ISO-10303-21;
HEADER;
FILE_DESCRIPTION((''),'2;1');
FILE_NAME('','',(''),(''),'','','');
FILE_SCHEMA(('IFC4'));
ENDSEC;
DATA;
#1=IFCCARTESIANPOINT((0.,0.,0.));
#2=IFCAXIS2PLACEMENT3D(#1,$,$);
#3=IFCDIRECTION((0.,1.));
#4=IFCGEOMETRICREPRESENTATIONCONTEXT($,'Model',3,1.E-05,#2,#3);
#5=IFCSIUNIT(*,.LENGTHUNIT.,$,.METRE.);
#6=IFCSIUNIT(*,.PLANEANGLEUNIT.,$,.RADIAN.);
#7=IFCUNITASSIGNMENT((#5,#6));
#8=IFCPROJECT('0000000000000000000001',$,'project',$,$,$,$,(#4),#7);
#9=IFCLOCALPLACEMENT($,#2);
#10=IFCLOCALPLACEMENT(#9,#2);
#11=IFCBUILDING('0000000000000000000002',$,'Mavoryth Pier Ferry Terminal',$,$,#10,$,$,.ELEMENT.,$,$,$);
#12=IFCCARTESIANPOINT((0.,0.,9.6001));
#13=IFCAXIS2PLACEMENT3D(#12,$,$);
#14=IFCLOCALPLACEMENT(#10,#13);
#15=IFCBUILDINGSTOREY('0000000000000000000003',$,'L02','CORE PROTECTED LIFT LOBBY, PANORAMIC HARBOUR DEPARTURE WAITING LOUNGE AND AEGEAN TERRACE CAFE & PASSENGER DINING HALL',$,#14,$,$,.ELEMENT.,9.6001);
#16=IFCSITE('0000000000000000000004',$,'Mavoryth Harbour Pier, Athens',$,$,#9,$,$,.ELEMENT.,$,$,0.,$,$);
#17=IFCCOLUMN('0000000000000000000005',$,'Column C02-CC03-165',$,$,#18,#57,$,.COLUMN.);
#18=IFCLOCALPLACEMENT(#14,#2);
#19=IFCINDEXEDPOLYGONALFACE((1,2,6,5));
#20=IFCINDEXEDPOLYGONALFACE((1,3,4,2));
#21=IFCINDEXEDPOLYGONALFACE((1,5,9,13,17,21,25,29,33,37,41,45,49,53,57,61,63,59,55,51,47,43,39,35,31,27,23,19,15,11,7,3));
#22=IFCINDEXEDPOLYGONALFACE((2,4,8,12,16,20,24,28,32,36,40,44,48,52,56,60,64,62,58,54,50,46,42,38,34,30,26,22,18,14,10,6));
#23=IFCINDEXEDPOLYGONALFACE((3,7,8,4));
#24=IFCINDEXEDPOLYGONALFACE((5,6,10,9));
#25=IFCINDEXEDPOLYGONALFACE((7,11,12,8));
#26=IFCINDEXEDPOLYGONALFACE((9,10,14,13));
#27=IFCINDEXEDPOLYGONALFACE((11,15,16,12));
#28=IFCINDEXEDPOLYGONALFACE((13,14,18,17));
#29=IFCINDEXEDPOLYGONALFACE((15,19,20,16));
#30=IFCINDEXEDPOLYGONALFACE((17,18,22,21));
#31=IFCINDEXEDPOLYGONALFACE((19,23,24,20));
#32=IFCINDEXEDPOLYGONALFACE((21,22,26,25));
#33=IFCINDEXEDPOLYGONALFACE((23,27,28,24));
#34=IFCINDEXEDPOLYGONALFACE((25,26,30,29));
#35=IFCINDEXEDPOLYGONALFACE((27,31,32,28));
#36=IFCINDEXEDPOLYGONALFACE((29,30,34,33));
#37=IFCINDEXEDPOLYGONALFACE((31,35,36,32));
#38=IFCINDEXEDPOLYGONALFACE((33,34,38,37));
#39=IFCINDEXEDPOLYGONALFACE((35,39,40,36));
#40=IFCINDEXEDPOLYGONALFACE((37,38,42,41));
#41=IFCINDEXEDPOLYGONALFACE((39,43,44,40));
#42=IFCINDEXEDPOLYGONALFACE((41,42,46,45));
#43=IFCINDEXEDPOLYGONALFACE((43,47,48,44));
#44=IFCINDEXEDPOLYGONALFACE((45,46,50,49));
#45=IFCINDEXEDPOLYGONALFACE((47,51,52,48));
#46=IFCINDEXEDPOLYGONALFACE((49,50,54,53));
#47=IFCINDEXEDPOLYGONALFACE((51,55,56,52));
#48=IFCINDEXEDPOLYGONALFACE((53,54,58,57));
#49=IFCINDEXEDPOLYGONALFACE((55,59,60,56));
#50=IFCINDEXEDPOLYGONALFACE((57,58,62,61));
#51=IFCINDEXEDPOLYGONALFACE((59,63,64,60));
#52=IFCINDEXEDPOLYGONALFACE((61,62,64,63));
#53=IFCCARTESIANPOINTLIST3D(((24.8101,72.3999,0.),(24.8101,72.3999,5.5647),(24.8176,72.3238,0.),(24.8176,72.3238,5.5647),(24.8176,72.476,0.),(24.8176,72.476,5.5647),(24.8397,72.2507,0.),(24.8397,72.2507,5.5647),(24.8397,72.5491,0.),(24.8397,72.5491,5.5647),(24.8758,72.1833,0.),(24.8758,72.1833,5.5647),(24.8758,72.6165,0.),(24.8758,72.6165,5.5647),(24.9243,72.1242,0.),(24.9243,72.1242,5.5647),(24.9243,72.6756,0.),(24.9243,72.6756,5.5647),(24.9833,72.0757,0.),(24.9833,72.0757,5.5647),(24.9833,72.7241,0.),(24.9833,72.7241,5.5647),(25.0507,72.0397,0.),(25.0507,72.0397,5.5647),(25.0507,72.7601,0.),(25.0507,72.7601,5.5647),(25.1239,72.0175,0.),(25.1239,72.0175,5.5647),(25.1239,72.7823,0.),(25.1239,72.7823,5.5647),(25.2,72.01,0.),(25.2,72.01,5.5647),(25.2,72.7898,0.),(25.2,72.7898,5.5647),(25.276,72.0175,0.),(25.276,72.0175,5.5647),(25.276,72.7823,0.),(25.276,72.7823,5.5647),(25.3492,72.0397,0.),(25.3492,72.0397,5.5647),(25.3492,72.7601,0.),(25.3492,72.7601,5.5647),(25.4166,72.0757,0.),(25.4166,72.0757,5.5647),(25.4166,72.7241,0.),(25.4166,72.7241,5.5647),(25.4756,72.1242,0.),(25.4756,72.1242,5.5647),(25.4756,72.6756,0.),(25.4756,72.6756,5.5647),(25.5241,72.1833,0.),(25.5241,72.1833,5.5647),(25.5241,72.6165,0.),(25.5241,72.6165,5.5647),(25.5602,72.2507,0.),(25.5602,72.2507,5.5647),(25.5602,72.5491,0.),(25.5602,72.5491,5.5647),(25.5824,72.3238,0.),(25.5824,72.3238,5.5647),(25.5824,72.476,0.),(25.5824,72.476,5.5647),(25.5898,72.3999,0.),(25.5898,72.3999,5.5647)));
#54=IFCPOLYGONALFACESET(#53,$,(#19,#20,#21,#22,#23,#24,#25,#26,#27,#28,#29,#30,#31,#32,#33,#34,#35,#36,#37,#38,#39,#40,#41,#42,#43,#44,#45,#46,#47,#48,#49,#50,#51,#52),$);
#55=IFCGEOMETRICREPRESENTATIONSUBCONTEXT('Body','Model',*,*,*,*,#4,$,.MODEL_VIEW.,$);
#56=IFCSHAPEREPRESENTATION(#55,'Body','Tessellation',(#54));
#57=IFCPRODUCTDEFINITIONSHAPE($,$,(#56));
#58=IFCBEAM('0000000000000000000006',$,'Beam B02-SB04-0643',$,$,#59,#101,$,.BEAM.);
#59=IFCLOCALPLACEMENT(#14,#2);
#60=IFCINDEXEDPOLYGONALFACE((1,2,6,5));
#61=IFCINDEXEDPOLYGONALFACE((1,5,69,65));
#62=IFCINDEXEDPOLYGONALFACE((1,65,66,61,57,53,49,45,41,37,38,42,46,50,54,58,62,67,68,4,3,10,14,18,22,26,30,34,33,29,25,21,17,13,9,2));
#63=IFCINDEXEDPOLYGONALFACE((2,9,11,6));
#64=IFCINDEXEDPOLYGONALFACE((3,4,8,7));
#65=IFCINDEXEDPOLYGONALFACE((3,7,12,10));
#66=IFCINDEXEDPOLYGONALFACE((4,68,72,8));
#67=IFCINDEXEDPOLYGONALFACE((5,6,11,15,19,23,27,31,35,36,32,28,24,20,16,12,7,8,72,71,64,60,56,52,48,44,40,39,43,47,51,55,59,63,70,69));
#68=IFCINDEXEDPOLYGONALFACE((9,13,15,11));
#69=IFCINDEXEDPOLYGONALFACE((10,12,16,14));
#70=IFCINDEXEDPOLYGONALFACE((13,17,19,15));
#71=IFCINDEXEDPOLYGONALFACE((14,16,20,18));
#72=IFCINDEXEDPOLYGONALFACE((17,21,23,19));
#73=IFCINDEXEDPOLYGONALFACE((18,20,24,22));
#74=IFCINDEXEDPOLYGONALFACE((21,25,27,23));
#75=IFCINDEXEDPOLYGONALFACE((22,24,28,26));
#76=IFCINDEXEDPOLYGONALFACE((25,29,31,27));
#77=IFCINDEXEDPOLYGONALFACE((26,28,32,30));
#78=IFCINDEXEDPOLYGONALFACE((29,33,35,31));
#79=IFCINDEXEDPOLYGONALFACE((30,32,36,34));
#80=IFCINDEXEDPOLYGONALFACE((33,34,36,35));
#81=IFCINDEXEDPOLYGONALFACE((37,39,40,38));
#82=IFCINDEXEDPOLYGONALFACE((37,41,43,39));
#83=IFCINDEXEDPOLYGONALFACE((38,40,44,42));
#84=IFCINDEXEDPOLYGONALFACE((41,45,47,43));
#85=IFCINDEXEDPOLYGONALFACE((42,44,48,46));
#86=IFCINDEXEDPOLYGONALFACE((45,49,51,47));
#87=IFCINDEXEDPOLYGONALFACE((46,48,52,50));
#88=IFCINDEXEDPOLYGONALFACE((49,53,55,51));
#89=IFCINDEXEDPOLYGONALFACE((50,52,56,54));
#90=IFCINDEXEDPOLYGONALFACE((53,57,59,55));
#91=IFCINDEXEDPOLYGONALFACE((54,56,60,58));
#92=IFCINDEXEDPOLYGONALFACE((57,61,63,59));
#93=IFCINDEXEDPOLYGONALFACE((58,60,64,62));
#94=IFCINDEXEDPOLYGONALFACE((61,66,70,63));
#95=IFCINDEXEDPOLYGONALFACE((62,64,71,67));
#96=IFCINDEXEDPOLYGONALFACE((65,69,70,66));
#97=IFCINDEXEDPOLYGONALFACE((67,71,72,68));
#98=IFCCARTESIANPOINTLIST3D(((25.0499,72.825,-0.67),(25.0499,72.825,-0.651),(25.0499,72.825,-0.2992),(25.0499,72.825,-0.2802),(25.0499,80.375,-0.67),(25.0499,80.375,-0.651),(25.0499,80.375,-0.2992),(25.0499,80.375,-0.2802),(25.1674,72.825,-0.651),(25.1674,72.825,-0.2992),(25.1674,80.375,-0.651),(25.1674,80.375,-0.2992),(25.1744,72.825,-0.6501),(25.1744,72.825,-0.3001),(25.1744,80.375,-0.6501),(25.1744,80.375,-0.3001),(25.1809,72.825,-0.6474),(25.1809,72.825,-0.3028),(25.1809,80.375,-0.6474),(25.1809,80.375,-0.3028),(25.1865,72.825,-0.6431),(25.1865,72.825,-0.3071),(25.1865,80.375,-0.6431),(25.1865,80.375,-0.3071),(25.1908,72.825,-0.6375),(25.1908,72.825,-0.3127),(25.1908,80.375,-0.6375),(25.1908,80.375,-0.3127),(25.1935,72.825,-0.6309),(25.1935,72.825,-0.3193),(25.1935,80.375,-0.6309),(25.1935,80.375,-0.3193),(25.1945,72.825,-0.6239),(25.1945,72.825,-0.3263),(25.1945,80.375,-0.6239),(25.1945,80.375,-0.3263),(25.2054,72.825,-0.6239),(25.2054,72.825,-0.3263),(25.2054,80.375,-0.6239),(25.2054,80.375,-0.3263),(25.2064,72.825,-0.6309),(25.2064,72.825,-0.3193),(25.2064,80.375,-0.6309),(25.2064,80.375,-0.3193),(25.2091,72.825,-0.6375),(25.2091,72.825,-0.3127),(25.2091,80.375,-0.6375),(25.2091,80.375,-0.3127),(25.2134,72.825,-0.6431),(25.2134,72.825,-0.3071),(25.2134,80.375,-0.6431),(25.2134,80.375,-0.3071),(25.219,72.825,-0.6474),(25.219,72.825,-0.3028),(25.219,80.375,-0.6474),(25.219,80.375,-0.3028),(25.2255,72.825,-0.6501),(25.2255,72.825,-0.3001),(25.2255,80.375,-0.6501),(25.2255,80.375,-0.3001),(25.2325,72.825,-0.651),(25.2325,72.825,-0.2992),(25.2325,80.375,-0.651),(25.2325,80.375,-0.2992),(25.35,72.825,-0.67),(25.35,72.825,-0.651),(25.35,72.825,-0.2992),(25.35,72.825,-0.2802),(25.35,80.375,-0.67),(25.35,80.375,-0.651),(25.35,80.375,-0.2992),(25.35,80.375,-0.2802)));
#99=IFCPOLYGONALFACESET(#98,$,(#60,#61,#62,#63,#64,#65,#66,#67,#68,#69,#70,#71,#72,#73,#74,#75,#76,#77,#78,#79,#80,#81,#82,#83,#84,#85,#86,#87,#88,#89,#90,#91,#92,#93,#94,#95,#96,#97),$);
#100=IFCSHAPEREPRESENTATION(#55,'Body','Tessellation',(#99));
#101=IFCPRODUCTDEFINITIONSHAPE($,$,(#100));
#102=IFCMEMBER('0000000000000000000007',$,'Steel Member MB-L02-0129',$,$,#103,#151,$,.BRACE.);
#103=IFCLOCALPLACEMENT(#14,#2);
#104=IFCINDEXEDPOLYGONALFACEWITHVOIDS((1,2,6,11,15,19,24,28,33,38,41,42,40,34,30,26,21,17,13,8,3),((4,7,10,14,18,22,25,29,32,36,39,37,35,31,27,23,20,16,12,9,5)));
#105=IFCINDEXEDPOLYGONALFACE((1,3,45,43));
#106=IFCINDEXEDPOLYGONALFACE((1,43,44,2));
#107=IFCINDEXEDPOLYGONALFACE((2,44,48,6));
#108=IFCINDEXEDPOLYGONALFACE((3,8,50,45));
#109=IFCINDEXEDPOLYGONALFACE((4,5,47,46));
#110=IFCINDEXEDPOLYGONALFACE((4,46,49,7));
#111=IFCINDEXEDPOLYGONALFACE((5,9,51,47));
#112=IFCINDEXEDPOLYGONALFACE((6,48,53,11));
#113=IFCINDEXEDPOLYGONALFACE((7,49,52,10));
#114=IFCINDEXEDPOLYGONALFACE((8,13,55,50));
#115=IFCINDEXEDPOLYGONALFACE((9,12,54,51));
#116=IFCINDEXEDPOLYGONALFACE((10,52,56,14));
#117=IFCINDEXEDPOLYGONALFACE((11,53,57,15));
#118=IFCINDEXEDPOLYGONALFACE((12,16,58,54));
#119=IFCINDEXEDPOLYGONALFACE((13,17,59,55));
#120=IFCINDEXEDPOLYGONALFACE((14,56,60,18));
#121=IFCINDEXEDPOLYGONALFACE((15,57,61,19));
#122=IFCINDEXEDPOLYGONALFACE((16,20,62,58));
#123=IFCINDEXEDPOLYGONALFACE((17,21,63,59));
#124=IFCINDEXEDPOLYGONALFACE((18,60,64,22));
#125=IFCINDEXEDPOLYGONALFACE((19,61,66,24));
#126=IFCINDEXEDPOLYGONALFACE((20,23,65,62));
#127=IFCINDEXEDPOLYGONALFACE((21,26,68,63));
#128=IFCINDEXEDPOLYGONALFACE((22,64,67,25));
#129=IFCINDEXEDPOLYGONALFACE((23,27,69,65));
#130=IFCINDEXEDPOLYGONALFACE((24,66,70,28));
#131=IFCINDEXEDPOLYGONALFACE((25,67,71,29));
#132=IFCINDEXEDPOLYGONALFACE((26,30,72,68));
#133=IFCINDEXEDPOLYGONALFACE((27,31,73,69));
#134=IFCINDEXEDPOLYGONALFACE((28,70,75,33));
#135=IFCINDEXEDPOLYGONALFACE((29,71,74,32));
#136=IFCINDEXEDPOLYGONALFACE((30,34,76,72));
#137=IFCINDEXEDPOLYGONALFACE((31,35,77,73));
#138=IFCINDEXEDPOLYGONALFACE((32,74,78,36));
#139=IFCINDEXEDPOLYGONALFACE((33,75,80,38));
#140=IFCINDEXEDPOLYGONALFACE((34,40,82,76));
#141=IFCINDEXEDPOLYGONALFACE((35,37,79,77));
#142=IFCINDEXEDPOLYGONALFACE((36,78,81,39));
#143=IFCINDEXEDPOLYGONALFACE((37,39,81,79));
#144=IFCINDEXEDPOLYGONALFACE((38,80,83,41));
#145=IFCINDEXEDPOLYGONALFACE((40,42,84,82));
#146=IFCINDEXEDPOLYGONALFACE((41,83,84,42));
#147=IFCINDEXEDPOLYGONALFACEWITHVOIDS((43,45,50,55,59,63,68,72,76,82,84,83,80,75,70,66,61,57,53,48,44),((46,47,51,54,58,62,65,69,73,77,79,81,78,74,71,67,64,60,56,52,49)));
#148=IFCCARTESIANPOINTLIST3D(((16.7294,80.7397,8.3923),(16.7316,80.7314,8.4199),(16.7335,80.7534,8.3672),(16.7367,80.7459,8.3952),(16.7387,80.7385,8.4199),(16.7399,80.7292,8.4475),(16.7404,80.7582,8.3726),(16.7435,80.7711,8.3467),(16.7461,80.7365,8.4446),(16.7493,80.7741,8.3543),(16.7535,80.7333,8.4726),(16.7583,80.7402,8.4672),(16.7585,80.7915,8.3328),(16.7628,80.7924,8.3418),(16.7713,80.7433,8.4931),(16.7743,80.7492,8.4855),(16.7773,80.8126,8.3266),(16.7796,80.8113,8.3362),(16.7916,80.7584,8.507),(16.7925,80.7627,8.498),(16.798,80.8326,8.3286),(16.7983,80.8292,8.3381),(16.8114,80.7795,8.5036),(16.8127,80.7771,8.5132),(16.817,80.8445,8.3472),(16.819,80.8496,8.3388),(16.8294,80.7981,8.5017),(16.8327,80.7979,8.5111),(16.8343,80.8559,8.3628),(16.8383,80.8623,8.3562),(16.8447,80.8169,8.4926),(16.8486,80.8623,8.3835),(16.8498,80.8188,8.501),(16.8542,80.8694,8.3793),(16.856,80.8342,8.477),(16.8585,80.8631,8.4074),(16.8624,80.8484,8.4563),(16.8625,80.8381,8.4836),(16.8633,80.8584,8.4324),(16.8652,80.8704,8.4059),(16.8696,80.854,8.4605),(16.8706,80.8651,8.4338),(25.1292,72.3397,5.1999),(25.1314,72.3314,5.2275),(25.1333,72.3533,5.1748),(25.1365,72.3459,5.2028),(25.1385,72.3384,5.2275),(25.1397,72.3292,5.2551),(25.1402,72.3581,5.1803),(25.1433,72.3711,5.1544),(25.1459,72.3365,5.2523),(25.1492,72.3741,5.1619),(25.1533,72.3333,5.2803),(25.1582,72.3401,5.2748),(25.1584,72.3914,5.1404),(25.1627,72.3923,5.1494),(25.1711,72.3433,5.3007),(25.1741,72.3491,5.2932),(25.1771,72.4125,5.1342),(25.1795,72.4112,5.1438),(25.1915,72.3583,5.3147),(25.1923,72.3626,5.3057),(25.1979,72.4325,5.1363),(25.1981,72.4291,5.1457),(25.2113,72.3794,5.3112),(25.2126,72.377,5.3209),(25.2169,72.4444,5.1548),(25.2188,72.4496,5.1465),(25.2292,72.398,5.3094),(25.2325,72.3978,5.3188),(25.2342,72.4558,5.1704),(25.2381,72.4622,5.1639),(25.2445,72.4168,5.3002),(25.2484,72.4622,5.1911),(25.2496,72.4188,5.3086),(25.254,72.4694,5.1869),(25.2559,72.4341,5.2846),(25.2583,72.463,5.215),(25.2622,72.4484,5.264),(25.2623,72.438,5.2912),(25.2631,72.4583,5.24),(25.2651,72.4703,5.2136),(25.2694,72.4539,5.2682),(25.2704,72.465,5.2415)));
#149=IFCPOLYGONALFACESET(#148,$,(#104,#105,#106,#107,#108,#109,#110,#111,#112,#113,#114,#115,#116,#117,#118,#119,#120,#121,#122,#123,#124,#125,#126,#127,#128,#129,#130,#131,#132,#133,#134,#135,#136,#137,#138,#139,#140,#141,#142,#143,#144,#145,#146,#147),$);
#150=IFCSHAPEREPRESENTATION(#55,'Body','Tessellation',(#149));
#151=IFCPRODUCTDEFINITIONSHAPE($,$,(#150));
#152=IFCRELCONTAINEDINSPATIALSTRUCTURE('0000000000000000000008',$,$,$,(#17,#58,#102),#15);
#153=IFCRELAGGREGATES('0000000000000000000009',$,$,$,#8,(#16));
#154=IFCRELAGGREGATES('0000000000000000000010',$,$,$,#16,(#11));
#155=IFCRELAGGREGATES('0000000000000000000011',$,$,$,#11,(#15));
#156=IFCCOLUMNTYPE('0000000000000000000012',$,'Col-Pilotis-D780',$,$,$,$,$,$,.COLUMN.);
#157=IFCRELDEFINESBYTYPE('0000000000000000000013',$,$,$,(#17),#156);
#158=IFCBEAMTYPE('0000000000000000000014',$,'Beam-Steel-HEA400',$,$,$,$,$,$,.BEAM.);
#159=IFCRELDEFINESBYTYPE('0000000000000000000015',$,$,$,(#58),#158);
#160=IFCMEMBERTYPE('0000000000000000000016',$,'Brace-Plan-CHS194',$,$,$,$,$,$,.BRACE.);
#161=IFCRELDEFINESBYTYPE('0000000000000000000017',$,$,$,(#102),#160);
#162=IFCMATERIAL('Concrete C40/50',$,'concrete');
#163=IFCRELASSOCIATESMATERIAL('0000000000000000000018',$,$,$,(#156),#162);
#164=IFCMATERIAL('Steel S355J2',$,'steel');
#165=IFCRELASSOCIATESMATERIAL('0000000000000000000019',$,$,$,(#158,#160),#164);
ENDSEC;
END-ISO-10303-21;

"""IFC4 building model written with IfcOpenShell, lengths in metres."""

from ifc_helpers import new_model, si_unit, direction, frame, origin, origin_2d, place, context, subcontext, project, spatial, circle, hollow_circle, i_section, extrude, material, material_profile, profile_set, type_object, element, save


model = new_model("IFC4")

# Units and contexts
model_context = context("Model", 3, precision=1e-05, world=origin(), true_north=direction((0.0, 1.0)))
body_context = subcontext(model_context, "Body", "Model", "MODEL_VIEW")
ifc_project = project(units=[si_unit("LENGTHUNIT", "METRE"), si_unit("PLANEANGLEUNIT", "RADIAN")], contexts=[model_context])

# Site, building, storey
site_placement = place(None, origin())
site = spatial("IfcSite", under=ifc_project, at=site_placement, Name="Mavoryth Harbour Pier, Athens", CompositionType="ELEMENT", RefElevation=0.0)
building_placement = place(site_placement, origin())
building = spatial("IfcBuilding", under=site, at=building_placement, Name="Mavoryth Pier Ferry Terminal", CompositionType="ELEMENT")
storey_placement = place(building_placement, frame((0.0, 0.0, 9.6001)))
storey = spatial("IfcBuildingStorey", under=building, at=storey_placement, Name="L02", Description="CORE PROTECTED LIFT LOBBY, PANORAMIC HARBOUR DEPARTURE WAITING LOUNGE AND AEGEAN TERRACE CAFE & PASSENGER DINING HALL", CompositionType="ELEMENT", Elevation=9.6001)

# Column
ifc_material_1 = material(Name="Concrete C40/50", Category="concrete")
ifc_material_profile_1 = material_profile(ifc_material_1, circle(Radius=0.3899, at=origin_2d()), Name="RC D780", Category="concrete")
ifc_profile_set_1 = profile_set([ifc_material_profile_1], Name="Concrete C40/50 - RC D780")
column_type = type_object("IfcColumnType", Name="Col-Pilotis-D780", PredefinedType="COLUMN", material=ifc_profile_set_1)
column_placement = place(storey_placement, frame((25.2, 72.3999, 0.0), z_axis=(0.0, 0.0, 1.0), x_axis=(1.0, 0.0, 0.0)))
element("IfcColumn", 1, at=column_placement, inside=storey, type_object=column_type, Name="Column C02-CC03-165", PredefinedType="COLUMN", context=body_context, shape_type="SweptSolid", body=[
    extrude(circle(Radius=0.3899, at=origin_2d()), origin(), (0.0, 0.0, 1.0), 5.5647),
])

# Beam
ifc_material_2 = material(Name="Steel S355J2", Category="steel")
ifc_material_profile_2 = material_profile(ifc_material_2, i_section(OverallWidth=0.3, OverallDepth=0.3899, WebThickness=0.011, FlangeThickness=0.019, FilletRadius=0.0271, at=origin_2d()), Name="HEA 400", Category="steel")
ifc_profile_set_2 = profile_set([ifc_material_profile_2], Name="Steel S355J2 - HEA 400")
beam_type_1 = type_object("IfcBeamType", Name="Beam-Steel-HEA400", PredefinedType="BEAM", material=ifc_profile_set_2)
beam_1_placement = place(storey_placement, frame((25.2, 72.825, -0.4751), z_axis=(0.0, 1.0, 0.0), x_axis=(-1.0, 0.0, 0.0)))
element("IfcBeam", 2, at=beam_1_placement, inside=storey, type_object=beam_type_1, Name="Beam B02-SB04-0643", PredefinedType="BEAM", context=body_context, shape_type="SweptSolid", body=[
    extrude(i_section(OverallWidth=0.3, OverallDepth=0.3899, WebThickness=0.011, FlangeThickness=0.019, FilletRadius=0.0271, at=origin_2d()), origin(), (0.0, 0.0, 1.0), 7.55),
])

# Member
ifc_material_profile_3 = material_profile(ifc_material_2, hollow_circle(Radius=0.0969, WallThickness=0.01, at=origin_2d()), Name="CHS 193.7x10.0", Category="steel")
ifc_profile_set_3 = profile_set([ifc_material_profile_3], Name="Steel S355J2 - CHS 193.7x10.0")
member_type_1 = type_object("IfcMemberType", Name="Brace-Plan-CHS194", PredefinedType="BRACE", material=ifc_profile_set_3)
member_1_placement = place(storey_placement, frame((25.2, 72.3999, 5.2275), z_axis=(-0.682869, 0.682889, 0.259524), x_axis=(-0.707117, -0.707097, 0.0)))
element("IfcMember", 3, at=member_1_placement, inside=storey, type_object=member_type_1, Name="Steel Member MB-L02-0129", PredefinedType="BRACE", context=body_context, shape_type="SweptSolid", body=[
    extrude(hollow_circle(Radius=0.0969, WallThickness=0.01, at=origin_2d()), origin(), (0.0, 0.0, 1.0), 12.3008),
])

save(model, "model.ifc")
